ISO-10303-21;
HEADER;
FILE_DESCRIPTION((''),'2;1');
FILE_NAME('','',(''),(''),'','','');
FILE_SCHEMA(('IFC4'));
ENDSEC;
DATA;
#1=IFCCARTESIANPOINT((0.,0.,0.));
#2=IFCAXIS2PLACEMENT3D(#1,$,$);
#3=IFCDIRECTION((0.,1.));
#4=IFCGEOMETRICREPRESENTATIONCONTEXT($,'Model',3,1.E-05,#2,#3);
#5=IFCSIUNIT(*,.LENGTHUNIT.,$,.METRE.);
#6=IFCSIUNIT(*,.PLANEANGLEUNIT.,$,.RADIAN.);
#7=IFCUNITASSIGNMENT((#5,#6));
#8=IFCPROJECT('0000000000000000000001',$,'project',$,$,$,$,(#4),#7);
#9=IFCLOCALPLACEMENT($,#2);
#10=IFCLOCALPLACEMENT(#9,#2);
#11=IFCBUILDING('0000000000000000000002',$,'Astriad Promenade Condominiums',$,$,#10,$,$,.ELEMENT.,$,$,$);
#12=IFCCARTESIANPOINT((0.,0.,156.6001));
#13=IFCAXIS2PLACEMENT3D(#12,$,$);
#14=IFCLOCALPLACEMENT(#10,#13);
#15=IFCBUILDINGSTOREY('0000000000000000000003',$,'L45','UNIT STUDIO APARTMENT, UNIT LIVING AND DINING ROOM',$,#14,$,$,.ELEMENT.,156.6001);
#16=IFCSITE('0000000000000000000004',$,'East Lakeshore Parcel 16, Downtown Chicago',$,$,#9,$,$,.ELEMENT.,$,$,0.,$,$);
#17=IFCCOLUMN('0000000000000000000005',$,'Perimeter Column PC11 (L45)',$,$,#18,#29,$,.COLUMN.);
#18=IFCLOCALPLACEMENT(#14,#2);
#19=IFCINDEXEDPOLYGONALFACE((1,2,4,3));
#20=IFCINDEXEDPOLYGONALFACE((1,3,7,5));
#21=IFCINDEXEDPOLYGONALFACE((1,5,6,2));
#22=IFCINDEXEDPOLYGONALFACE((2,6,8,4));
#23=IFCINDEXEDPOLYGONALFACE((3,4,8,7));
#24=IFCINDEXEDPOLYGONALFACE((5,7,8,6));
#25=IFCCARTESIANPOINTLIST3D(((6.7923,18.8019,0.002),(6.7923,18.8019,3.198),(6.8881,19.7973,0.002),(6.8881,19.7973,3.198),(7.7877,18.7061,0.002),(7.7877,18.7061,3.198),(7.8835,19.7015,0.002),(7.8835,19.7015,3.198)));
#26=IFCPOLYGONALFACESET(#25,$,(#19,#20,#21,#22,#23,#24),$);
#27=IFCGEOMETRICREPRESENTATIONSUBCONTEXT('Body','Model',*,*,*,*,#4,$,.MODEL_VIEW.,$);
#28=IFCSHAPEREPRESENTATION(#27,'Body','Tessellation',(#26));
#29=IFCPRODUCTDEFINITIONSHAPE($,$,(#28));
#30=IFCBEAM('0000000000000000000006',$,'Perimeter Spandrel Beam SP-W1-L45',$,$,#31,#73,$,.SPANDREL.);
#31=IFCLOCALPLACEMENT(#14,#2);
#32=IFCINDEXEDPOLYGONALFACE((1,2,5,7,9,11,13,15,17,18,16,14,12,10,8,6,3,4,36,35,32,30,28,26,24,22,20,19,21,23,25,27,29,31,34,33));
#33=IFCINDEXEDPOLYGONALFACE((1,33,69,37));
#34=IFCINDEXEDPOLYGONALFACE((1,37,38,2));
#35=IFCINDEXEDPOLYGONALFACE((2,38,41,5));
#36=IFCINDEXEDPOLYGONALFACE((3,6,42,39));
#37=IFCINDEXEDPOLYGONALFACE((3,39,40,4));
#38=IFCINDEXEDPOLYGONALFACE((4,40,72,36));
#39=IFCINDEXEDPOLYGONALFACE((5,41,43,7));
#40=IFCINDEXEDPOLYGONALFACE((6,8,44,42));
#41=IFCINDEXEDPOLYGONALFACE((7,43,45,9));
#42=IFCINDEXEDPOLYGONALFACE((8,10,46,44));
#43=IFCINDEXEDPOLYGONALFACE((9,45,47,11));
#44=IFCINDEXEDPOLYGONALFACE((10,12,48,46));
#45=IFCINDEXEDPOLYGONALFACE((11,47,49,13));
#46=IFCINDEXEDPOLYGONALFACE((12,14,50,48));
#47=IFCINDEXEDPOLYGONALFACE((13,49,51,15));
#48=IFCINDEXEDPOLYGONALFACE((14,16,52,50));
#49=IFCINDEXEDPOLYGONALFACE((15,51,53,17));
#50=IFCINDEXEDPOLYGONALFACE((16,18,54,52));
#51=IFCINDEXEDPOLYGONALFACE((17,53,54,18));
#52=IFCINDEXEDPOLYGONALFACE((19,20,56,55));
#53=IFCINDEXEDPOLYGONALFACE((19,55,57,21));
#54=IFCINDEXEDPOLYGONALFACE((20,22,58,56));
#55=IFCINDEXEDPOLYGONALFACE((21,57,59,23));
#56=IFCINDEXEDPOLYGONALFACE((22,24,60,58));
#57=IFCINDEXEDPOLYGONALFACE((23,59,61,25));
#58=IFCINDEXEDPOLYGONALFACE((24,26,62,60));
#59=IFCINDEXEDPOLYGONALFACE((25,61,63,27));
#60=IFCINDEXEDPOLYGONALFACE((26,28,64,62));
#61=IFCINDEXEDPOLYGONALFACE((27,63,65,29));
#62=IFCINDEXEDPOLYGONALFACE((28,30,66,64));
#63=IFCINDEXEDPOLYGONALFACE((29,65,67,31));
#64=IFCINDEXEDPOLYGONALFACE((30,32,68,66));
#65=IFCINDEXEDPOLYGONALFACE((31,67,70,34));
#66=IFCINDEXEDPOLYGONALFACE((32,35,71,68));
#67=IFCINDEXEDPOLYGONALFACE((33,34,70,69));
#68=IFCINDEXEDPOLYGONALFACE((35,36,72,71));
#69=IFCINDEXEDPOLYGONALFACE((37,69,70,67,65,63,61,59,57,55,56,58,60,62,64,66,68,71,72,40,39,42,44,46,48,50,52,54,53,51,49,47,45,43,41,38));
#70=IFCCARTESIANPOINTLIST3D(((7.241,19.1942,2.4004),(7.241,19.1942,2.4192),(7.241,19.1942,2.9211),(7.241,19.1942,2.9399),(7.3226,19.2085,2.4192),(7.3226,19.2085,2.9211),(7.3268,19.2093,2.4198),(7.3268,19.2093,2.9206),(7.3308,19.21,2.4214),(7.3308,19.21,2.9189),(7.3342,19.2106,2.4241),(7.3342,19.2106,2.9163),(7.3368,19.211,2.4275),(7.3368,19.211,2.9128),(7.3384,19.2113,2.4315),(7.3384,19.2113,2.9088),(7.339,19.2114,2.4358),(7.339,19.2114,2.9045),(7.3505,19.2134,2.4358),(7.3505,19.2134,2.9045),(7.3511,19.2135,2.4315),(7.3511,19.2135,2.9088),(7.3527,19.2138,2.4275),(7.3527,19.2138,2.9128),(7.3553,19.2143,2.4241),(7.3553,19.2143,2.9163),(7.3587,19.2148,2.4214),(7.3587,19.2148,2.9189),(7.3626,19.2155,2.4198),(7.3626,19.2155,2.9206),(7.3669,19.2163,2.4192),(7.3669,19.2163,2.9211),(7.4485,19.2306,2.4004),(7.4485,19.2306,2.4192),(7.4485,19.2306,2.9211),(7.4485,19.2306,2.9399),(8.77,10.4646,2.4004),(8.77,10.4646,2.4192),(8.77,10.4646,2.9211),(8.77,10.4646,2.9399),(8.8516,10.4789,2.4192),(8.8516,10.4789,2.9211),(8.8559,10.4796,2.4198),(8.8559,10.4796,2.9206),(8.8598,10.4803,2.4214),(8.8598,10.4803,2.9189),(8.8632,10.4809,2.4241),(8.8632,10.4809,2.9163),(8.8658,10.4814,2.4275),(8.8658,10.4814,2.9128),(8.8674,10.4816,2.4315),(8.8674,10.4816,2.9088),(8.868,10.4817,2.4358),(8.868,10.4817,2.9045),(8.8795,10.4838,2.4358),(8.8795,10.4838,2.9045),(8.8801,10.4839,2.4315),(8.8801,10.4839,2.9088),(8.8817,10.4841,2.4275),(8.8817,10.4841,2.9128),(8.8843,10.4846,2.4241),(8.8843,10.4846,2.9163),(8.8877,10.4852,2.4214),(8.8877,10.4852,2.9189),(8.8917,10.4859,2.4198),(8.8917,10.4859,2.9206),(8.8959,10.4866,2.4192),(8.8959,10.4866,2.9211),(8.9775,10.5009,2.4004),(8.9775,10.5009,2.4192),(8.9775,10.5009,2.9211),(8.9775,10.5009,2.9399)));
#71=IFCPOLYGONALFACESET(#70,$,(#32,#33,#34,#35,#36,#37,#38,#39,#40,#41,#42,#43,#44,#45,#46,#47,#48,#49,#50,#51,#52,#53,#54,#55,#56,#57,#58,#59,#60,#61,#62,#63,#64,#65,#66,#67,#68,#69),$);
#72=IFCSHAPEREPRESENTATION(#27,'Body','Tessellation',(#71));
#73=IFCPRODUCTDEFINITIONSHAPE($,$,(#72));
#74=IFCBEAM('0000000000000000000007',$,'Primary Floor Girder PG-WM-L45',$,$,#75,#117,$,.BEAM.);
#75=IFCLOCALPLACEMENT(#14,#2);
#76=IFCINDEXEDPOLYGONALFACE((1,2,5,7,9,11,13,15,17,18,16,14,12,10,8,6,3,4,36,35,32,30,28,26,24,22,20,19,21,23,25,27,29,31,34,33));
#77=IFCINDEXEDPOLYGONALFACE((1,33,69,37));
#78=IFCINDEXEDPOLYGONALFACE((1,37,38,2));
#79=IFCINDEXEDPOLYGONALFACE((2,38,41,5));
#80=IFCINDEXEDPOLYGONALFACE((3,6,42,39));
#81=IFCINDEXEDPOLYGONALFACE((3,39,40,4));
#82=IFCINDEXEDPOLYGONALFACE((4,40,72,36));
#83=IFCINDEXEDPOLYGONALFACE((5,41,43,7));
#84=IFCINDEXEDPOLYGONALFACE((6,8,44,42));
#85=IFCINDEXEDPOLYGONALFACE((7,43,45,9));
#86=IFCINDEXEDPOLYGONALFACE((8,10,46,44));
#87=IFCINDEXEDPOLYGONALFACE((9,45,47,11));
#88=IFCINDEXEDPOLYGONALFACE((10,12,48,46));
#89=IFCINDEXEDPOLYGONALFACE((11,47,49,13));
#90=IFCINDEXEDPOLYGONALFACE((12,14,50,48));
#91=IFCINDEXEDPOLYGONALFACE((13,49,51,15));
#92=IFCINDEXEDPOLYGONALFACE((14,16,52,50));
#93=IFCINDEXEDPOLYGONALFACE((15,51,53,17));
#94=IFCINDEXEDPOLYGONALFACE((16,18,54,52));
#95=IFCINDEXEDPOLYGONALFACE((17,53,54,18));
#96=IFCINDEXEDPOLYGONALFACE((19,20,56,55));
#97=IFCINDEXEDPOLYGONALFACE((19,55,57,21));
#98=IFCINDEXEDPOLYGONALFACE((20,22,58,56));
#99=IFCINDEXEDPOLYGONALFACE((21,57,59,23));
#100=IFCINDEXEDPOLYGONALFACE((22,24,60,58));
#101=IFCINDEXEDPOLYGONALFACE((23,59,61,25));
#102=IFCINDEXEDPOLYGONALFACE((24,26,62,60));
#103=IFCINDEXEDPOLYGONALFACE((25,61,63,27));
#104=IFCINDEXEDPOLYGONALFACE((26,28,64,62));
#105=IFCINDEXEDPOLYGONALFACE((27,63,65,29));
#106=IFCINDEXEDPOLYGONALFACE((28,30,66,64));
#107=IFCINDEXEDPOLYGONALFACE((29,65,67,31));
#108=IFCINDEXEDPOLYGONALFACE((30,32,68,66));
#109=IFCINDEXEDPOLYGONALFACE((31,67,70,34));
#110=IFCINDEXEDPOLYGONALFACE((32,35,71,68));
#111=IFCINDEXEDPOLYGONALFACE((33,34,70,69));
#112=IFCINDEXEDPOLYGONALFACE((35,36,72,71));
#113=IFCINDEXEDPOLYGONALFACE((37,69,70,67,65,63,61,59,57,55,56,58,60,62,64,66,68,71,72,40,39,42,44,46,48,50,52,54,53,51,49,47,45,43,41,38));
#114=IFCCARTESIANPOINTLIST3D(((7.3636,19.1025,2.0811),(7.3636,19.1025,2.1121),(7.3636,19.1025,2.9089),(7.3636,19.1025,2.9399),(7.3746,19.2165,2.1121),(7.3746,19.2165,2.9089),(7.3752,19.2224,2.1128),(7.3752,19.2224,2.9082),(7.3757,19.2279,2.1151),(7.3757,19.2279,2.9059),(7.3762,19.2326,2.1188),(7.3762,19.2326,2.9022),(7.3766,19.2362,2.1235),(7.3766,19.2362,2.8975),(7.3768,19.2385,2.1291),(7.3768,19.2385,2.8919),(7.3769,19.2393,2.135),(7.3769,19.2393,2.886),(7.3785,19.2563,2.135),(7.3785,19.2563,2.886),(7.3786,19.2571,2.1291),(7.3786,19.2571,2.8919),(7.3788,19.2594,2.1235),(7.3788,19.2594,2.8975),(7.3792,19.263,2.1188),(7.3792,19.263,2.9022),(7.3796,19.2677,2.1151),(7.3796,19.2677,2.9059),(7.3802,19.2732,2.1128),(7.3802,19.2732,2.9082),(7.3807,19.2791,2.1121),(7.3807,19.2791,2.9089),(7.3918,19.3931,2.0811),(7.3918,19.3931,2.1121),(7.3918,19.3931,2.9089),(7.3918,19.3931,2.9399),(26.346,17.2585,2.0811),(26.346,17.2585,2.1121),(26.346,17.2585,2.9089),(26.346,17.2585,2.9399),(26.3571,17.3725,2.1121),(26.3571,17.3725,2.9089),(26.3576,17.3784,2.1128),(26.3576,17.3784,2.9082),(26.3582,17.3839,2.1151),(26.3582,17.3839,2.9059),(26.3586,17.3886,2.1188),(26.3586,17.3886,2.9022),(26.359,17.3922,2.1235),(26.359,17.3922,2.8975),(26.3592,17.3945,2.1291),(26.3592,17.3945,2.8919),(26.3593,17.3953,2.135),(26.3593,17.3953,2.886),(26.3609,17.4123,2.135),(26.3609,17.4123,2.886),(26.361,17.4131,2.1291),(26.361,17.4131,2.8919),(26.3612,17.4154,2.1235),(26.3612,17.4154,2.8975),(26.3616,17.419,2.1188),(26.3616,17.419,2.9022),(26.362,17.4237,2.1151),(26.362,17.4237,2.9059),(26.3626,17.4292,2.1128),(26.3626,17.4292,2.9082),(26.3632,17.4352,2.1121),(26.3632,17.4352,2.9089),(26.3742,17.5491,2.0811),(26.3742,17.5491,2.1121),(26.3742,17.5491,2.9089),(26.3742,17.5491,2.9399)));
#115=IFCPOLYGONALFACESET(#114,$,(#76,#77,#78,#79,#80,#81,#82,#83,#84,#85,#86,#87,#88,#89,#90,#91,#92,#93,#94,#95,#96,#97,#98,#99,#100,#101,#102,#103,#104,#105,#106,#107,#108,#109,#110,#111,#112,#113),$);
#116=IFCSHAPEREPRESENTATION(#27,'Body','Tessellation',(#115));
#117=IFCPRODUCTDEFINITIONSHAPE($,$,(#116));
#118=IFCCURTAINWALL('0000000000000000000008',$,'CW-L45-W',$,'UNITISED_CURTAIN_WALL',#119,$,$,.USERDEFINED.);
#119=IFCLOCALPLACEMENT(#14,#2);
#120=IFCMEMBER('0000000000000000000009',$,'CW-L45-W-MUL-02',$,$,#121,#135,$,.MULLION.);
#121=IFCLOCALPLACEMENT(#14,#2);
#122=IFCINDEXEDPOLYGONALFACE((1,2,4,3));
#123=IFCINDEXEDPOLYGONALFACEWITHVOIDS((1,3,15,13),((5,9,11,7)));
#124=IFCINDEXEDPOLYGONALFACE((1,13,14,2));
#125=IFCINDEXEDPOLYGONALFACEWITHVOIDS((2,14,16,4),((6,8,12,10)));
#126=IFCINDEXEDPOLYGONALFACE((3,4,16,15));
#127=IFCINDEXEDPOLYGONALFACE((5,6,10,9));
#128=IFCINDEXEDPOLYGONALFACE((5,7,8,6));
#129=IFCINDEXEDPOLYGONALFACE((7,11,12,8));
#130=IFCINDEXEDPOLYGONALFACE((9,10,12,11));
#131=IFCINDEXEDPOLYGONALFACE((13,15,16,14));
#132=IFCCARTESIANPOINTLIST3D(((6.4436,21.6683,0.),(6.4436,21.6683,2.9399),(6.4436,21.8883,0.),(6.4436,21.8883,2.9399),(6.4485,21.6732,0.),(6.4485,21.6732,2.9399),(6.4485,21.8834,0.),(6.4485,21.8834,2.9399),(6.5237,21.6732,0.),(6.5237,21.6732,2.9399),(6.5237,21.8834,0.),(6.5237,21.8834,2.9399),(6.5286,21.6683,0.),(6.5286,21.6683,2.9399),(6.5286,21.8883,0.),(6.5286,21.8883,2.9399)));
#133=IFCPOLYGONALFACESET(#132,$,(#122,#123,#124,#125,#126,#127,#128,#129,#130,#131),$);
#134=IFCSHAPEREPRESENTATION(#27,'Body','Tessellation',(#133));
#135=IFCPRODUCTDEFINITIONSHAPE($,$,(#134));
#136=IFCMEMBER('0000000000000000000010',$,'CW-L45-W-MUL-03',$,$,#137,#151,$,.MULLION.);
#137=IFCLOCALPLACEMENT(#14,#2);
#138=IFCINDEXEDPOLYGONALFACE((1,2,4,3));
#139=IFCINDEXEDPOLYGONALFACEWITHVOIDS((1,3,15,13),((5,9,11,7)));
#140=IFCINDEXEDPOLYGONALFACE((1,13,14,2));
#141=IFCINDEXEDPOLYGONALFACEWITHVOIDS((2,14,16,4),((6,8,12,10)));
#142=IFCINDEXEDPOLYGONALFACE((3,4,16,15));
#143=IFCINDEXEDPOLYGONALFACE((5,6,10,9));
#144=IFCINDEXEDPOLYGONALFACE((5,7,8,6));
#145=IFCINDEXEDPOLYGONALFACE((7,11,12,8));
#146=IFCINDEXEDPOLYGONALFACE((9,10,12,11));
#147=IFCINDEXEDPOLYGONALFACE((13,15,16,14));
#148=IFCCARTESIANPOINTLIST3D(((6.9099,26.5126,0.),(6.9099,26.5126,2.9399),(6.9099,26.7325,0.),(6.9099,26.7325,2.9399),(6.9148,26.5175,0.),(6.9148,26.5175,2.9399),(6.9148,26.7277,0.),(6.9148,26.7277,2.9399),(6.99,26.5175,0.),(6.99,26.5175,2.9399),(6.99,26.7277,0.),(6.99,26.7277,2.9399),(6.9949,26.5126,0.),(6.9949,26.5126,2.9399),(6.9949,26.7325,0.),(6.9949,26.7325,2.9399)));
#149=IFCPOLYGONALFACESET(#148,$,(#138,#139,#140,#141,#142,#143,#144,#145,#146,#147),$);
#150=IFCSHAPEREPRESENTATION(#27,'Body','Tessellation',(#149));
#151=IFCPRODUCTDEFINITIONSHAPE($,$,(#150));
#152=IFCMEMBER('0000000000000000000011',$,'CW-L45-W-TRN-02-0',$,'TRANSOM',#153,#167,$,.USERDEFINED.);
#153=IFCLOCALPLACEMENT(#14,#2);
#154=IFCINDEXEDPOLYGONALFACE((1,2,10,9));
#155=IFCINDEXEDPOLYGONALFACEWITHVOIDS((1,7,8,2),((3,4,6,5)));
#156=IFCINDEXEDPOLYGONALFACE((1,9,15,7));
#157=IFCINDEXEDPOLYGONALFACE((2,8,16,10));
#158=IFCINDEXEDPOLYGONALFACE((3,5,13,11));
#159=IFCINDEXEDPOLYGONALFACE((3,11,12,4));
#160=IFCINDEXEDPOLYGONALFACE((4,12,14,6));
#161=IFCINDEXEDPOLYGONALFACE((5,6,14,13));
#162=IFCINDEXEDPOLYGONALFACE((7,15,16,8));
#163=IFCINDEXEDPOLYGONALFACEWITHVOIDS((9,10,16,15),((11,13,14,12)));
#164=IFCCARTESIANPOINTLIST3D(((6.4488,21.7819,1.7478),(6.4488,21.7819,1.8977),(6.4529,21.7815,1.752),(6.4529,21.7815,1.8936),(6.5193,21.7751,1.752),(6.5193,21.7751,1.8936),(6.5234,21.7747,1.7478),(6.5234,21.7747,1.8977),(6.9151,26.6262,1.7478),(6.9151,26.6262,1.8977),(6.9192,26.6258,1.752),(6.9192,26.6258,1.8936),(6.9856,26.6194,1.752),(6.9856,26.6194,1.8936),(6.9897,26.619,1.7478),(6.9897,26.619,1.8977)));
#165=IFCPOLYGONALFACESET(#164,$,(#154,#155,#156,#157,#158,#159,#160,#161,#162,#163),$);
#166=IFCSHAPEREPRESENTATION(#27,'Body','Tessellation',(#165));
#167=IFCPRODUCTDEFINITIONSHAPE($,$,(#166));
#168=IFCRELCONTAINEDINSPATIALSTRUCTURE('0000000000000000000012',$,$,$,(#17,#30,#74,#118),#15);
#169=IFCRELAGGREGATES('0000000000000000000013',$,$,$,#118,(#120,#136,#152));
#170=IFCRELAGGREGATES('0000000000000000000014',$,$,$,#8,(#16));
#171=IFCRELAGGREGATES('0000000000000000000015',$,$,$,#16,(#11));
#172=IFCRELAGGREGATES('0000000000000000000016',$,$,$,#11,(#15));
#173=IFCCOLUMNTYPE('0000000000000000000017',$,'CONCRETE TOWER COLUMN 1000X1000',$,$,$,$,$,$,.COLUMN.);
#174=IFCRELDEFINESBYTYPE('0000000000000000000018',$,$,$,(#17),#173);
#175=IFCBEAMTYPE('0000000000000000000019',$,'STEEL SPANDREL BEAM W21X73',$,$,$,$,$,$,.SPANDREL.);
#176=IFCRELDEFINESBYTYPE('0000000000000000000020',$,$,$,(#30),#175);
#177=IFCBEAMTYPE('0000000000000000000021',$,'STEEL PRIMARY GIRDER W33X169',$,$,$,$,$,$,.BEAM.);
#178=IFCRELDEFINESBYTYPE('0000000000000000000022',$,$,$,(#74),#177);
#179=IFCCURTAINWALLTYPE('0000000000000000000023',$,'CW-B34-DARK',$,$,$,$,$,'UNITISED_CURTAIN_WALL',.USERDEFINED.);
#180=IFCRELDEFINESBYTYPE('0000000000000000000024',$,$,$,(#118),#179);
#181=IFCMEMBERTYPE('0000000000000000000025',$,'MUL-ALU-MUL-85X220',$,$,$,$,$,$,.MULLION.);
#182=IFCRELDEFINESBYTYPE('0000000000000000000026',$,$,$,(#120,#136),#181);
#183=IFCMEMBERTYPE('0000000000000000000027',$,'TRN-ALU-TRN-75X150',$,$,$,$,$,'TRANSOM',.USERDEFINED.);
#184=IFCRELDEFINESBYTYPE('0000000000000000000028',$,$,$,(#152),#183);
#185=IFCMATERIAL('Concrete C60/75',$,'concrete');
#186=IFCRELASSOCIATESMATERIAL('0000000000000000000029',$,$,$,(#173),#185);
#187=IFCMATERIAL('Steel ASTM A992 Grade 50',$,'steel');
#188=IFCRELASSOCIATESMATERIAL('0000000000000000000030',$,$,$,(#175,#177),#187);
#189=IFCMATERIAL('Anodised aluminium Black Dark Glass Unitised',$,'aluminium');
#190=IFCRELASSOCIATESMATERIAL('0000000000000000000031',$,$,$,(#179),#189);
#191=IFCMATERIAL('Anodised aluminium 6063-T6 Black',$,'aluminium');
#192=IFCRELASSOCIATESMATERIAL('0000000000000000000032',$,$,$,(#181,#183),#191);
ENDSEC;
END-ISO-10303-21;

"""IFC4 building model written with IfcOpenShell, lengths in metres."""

from ifc_helpers import new_model, si_unit, direction, frame, origin, origin_2d, place, context, subcontext, project, spatial, rectangle, hollow_rectangle, i_section, extrude, source, transform, mapped, material, material_profile, profile_set, type_object, type_shapes, element, aggregate, save


model = new_model("IFC4")

# Units and contexts
model_context = context("Model", 3, precision=1e-05, world=origin(), true_north=direction((0.0, 1.0)))
body_context = subcontext(model_context, "Body", "Model", "MODEL_VIEW")
ifc_project = project(units=[si_unit("LENGTHUNIT", "METRE"), si_unit("PLANEANGLEUNIT", "RADIAN")], contexts=[model_context])

# Site, building, storey
site_placement = place(None, origin())
site = spatial("IfcSite", under=ifc_project, at=site_placement, Name="East Lakeshore Parcel 16, Downtown Chicago", CompositionType="ELEMENT", RefElevation=0.0)
building_placement = place(site_placement, origin())
building = spatial("IfcBuilding", under=site, at=building_placement, Name="Astriad Promenade Condominiums", CompositionType="ELEMENT")
storey_placement = place(building_placement, frame((0.0, 0.0, 156.6001)))
storey = spatial("IfcBuildingStorey", under=building, at=storey_placement, Name="L45", Description="UNIT STUDIO APARTMENT, UNIT LIVING AND DINING ROOM", CompositionType="ELEMENT", Elevation=156.6001)

# Column
ifc_material_1 = material(Name="Concrete C60/75", Category="concrete")
ifc_material_profile_1 = material_profile(ifc_material_1, rectangle(XDim=1.0, YDim=1.0, at=origin_2d()), Name="RC-COL-1000X1000")
ifc_profile_set_1 = profile_set([ifc_material_profile_1], Name="Concrete C60/75")
column_type = type_object("IfcColumnType", Name="CONCRETE TOWER COLUMN 1000X1000", PredefinedType="COLUMN", material=ifc_profile_set_1)
shared_shape_1 = source(origin(), body_context, "Body", "SweptSolid", [
    extrude(rectangle(XDim=1.0, YDim=1.0, at=origin_2d()), origin(), (0.0, 0.0, 1.0), 3.196),
])
type_shapes(column_type, [shared_shape_1])
column_placement = place(storey_placement, frame((7.3379, 19.2517, 0.002), z_axis=(0.0, 0.0, 1.0), x_axis=(0.995396, -0.095846, 0.0)))
element("IfcColumn", 1, at=column_placement, inside=storey, type_object=column_type, Name="Perimeter Column PC11 (L45)", PredefinedType="COLUMN", context=body_context, shape_type="MappedRepresentation", body=[
    mapped(shared_shape_1, transform((0.0, 0.0, 0.0), scale=1.0)),
])

# Beams
ifc_material_2 = material(Name="Steel ASTM A992 Grade 50", Category="steel")
ifc_material_profile_2 = material_profile(ifc_material_2, i_section(OverallWidth=0.2107, OverallDepth=0.5396, WebThickness=0.0117, FlangeThickness=0.0188, FilletRadius=0.0166, at=origin_2d()), Name="W21X73")
ifc_profile_set_2 = profile_set([ifc_material_profile_2], Name="Steel ASTM A992 Grade 50")
beam_type_1 = type_object("IfcBeamType", Name="STEEL SPANDREL BEAM W21X73", PredefinedType="SPANDREL", material=ifc_profile_set_2)
shared_shape_2 = source(origin(), body_context, "Body", "SweptSolid", [
    extrude(i_section(OverallWidth=0.2107, OverallDepth=0.5396, WebThickness=0.0117, FlangeThickness=0.0188, FilletRadius=0.0166, at=origin_2d()), origin(), (0.0, 0.0, 1.0), 8.8625),
])
type_shapes(beam_type_1, [shared_shape_2])
beam_1_placement = place(storey_placement, frame((7.3447, 19.2124, 2.6702), z_axis=(0.172528, -0.985005, 0.0), x_axis=(0.985005, 0.172528, 0.0)))
element("IfcBeam", 2, at=beam_1_placement, inside=storey, type_object=beam_type_1, Name="Perimeter Spandrel Beam SP-W1-L45", PredefinedType="SPANDREL", context=body_context, shape_type="MappedRepresentation", body=[
    mapped(shared_shape_2, transform((0.0, 0.0, 0.0), scale=1.0)),
])
ifc_material_profile_3 = material_profile(ifc_material_2, i_section(OverallWidth=0.292, OverallDepth=0.8589, WebThickness=0.0171, FlangeThickness=0.031, FilletRadius=0.0229, at=origin_2d()), Name="W33X169")
ifc_profile_set_3 = profile_set([ifc_material_profile_3], Name="Steel ASTM A992 Grade 50")
beam_type_2 = type_object("IfcBeamType", Name="STEEL PRIMARY GIRDER W33X169", PredefinedType="BEAM", material=ifc_profile_set_3)
shared_shape_3 = source(origin(), body_context, "Body", "SweptSolid", [
    extrude(i_section(OverallWidth=0.292, OverallDepth=0.8589, WebThickness=0.0171, FlangeThickness=0.031, FilletRadius=0.0229, at=origin_2d()), origin(), (0.0, 0.0, 1.0), 19.0718),
])
type_shapes(beam_type_2, [shared_shape_3])
beam_2_placement = place(storey_placement, frame((7.3777, 19.2478, 2.5105), z_axis=(0.995315, -0.096687, 0.0), x_axis=(0.096687, 0.995315, 0.0)))
element("IfcBeam", 3, at=beam_2_placement, inside=storey, type_object=beam_type_2, Name="Primary Floor Girder PG-WM-L45", PredefinedType="BEAM", context=body_context, shape_type="MappedRepresentation", body=[
    mapped(shared_shape_3, transform((0.0, 0.0, 0.0), scale=1.0)),
])

# Curtain wall, members
ifc_material_3 = material(Name="Anodised aluminium Black Dark Glass Unitised", Category="aluminium")
curtain_wall_type = type_object("IfcCurtainWallType", Name="CW-B34-DARK", ElementType="UNITISED_CURTAIN_WALL", PredefinedType="USERDEFINED", material=ifc_material_3)
curtain_wall_placement = place(storey_placement, origin())
curtain_wall = element("IfcCurtainWall", 4, at=curtain_wall_placement, inside=storey, type_object=curtain_wall_type, Name="CW-L45-W", ObjectType="UNITISED_CURTAIN_WALL", PredefinedType="USERDEFINED")
ifc_material_4 = material(Name="Anodised aluminium 6063-T6 Black", Category="aluminium")
ifc_material_profile_4 = material_profile(ifc_material_4, hollow_rectangle(XDim=0.085, YDim=0.22, WallThickness=0.0049, at=origin_2d()), Name="ALU-MUL-85X220")
ifc_profile_set_4 = profile_set([ifc_material_profile_4], Name="Anodised aluminium 6063-T6 Black")
member_type_1 = type_object("IfcMemberType", Name="MUL-ALU-MUL-85X220", PredefinedType="MULLION", material=ifc_profile_set_4)
shared_shape_4 = source(origin(), body_context, "Body", "SweptSolid", [
    extrude(hollow_rectangle(XDim=0.085, YDim=0.22, WallThickness=0.0049, at=origin_2d()), origin(), (0.0, 0.0, 1.0), 2.9399),
])
type_shapes(member_type_1, [shared_shape_4])
member_1_placement = place(storey_placement, frame((6.4861, 21.7783, 0.0), z_axis=(0.0, 0.0, 1.0), x_axis=(1.0, 0.0, 0.0)))
member_1 = element("IfcMember", 5, at=member_1_placement, type_object=member_type_1, Name="CW-L45-W-MUL-02", PredefinedType="MULLION", context=body_context, shape_type="MappedRepresentation", body=[
    mapped(shared_shape_4, transform((0.0, 0.0, 0.0), scale=1.0)),
])
member_2_placement = place(storey_placement, frame((6.9524, 26.6226, 0.0), z_axis=(0.0, 0.0, 1.0), x_axis=(1.0, 0.0, 0.0)))
member_2 = element("IfcMember", 6, at=member_2_placement, type_object=member_type_1, Name="CW-L45-W-MUL-03", PredefinedType="MULLION", context=body_context, shape_type="MappedRepresentation", body=[
    mapped(shared_shape_4, transform((0.0, 0.0, 0.0), scale=1.0)),
])
ifc_material_profile_5 = material_profile(ifc_material_4, hollow_rectangle(XDim=0.075, YDim=0.1499, WallThickness=0.0042, at=origin_2d()), Name="ALU-TRN-75X150")
ifc_profile_set_5 = profile_set([ifc_material_profile_5], Name="Anodised aluminium 6063-T6 Black")
member_type_2 = type_object("IfcMemberType", Name="TRN-ALU-TRN-75X150", ElementType="TRANSOM", PredefinedType="USERDEFINED", material=ifc_profile_set_5)
shared_shape_5 = source(origin(), body_context, "Body", "SweptSolid", [
    extrude(hollow_rectangle(XDim=0.075, YDim=0.1499, WallThickness=0.0042, at=origin_2d()), origin(), (0.0, 0.0, 1.0), 4.8667),
])
type_shapes(member_type_2, [shared_shape_5])
member_3_placement = place(storey_placement, frame((6.4861, 21.7783, 1.8228), z_axis=(0.095818, 0.995399, 0.0), x_axis=(-0.995399, 0.095818, 0.0)))
member_3 = element("IfcMember", 7, at=member_3_placement, type_object=member_type_2, Name="CW-L45-W-TRN-02-0", ObjectType="TRANSOM", PredefinedType="USERDEFINED", context=body_context, shape_type="MappedRepresentation", body=[
    mapped(shared_shape_5, transform((0.0, 0.0, 0.0), scale=1.0)),
])
aggregate(curtain_wall, [member_1, member_2, member_3])

save(model, "model.ifc")
